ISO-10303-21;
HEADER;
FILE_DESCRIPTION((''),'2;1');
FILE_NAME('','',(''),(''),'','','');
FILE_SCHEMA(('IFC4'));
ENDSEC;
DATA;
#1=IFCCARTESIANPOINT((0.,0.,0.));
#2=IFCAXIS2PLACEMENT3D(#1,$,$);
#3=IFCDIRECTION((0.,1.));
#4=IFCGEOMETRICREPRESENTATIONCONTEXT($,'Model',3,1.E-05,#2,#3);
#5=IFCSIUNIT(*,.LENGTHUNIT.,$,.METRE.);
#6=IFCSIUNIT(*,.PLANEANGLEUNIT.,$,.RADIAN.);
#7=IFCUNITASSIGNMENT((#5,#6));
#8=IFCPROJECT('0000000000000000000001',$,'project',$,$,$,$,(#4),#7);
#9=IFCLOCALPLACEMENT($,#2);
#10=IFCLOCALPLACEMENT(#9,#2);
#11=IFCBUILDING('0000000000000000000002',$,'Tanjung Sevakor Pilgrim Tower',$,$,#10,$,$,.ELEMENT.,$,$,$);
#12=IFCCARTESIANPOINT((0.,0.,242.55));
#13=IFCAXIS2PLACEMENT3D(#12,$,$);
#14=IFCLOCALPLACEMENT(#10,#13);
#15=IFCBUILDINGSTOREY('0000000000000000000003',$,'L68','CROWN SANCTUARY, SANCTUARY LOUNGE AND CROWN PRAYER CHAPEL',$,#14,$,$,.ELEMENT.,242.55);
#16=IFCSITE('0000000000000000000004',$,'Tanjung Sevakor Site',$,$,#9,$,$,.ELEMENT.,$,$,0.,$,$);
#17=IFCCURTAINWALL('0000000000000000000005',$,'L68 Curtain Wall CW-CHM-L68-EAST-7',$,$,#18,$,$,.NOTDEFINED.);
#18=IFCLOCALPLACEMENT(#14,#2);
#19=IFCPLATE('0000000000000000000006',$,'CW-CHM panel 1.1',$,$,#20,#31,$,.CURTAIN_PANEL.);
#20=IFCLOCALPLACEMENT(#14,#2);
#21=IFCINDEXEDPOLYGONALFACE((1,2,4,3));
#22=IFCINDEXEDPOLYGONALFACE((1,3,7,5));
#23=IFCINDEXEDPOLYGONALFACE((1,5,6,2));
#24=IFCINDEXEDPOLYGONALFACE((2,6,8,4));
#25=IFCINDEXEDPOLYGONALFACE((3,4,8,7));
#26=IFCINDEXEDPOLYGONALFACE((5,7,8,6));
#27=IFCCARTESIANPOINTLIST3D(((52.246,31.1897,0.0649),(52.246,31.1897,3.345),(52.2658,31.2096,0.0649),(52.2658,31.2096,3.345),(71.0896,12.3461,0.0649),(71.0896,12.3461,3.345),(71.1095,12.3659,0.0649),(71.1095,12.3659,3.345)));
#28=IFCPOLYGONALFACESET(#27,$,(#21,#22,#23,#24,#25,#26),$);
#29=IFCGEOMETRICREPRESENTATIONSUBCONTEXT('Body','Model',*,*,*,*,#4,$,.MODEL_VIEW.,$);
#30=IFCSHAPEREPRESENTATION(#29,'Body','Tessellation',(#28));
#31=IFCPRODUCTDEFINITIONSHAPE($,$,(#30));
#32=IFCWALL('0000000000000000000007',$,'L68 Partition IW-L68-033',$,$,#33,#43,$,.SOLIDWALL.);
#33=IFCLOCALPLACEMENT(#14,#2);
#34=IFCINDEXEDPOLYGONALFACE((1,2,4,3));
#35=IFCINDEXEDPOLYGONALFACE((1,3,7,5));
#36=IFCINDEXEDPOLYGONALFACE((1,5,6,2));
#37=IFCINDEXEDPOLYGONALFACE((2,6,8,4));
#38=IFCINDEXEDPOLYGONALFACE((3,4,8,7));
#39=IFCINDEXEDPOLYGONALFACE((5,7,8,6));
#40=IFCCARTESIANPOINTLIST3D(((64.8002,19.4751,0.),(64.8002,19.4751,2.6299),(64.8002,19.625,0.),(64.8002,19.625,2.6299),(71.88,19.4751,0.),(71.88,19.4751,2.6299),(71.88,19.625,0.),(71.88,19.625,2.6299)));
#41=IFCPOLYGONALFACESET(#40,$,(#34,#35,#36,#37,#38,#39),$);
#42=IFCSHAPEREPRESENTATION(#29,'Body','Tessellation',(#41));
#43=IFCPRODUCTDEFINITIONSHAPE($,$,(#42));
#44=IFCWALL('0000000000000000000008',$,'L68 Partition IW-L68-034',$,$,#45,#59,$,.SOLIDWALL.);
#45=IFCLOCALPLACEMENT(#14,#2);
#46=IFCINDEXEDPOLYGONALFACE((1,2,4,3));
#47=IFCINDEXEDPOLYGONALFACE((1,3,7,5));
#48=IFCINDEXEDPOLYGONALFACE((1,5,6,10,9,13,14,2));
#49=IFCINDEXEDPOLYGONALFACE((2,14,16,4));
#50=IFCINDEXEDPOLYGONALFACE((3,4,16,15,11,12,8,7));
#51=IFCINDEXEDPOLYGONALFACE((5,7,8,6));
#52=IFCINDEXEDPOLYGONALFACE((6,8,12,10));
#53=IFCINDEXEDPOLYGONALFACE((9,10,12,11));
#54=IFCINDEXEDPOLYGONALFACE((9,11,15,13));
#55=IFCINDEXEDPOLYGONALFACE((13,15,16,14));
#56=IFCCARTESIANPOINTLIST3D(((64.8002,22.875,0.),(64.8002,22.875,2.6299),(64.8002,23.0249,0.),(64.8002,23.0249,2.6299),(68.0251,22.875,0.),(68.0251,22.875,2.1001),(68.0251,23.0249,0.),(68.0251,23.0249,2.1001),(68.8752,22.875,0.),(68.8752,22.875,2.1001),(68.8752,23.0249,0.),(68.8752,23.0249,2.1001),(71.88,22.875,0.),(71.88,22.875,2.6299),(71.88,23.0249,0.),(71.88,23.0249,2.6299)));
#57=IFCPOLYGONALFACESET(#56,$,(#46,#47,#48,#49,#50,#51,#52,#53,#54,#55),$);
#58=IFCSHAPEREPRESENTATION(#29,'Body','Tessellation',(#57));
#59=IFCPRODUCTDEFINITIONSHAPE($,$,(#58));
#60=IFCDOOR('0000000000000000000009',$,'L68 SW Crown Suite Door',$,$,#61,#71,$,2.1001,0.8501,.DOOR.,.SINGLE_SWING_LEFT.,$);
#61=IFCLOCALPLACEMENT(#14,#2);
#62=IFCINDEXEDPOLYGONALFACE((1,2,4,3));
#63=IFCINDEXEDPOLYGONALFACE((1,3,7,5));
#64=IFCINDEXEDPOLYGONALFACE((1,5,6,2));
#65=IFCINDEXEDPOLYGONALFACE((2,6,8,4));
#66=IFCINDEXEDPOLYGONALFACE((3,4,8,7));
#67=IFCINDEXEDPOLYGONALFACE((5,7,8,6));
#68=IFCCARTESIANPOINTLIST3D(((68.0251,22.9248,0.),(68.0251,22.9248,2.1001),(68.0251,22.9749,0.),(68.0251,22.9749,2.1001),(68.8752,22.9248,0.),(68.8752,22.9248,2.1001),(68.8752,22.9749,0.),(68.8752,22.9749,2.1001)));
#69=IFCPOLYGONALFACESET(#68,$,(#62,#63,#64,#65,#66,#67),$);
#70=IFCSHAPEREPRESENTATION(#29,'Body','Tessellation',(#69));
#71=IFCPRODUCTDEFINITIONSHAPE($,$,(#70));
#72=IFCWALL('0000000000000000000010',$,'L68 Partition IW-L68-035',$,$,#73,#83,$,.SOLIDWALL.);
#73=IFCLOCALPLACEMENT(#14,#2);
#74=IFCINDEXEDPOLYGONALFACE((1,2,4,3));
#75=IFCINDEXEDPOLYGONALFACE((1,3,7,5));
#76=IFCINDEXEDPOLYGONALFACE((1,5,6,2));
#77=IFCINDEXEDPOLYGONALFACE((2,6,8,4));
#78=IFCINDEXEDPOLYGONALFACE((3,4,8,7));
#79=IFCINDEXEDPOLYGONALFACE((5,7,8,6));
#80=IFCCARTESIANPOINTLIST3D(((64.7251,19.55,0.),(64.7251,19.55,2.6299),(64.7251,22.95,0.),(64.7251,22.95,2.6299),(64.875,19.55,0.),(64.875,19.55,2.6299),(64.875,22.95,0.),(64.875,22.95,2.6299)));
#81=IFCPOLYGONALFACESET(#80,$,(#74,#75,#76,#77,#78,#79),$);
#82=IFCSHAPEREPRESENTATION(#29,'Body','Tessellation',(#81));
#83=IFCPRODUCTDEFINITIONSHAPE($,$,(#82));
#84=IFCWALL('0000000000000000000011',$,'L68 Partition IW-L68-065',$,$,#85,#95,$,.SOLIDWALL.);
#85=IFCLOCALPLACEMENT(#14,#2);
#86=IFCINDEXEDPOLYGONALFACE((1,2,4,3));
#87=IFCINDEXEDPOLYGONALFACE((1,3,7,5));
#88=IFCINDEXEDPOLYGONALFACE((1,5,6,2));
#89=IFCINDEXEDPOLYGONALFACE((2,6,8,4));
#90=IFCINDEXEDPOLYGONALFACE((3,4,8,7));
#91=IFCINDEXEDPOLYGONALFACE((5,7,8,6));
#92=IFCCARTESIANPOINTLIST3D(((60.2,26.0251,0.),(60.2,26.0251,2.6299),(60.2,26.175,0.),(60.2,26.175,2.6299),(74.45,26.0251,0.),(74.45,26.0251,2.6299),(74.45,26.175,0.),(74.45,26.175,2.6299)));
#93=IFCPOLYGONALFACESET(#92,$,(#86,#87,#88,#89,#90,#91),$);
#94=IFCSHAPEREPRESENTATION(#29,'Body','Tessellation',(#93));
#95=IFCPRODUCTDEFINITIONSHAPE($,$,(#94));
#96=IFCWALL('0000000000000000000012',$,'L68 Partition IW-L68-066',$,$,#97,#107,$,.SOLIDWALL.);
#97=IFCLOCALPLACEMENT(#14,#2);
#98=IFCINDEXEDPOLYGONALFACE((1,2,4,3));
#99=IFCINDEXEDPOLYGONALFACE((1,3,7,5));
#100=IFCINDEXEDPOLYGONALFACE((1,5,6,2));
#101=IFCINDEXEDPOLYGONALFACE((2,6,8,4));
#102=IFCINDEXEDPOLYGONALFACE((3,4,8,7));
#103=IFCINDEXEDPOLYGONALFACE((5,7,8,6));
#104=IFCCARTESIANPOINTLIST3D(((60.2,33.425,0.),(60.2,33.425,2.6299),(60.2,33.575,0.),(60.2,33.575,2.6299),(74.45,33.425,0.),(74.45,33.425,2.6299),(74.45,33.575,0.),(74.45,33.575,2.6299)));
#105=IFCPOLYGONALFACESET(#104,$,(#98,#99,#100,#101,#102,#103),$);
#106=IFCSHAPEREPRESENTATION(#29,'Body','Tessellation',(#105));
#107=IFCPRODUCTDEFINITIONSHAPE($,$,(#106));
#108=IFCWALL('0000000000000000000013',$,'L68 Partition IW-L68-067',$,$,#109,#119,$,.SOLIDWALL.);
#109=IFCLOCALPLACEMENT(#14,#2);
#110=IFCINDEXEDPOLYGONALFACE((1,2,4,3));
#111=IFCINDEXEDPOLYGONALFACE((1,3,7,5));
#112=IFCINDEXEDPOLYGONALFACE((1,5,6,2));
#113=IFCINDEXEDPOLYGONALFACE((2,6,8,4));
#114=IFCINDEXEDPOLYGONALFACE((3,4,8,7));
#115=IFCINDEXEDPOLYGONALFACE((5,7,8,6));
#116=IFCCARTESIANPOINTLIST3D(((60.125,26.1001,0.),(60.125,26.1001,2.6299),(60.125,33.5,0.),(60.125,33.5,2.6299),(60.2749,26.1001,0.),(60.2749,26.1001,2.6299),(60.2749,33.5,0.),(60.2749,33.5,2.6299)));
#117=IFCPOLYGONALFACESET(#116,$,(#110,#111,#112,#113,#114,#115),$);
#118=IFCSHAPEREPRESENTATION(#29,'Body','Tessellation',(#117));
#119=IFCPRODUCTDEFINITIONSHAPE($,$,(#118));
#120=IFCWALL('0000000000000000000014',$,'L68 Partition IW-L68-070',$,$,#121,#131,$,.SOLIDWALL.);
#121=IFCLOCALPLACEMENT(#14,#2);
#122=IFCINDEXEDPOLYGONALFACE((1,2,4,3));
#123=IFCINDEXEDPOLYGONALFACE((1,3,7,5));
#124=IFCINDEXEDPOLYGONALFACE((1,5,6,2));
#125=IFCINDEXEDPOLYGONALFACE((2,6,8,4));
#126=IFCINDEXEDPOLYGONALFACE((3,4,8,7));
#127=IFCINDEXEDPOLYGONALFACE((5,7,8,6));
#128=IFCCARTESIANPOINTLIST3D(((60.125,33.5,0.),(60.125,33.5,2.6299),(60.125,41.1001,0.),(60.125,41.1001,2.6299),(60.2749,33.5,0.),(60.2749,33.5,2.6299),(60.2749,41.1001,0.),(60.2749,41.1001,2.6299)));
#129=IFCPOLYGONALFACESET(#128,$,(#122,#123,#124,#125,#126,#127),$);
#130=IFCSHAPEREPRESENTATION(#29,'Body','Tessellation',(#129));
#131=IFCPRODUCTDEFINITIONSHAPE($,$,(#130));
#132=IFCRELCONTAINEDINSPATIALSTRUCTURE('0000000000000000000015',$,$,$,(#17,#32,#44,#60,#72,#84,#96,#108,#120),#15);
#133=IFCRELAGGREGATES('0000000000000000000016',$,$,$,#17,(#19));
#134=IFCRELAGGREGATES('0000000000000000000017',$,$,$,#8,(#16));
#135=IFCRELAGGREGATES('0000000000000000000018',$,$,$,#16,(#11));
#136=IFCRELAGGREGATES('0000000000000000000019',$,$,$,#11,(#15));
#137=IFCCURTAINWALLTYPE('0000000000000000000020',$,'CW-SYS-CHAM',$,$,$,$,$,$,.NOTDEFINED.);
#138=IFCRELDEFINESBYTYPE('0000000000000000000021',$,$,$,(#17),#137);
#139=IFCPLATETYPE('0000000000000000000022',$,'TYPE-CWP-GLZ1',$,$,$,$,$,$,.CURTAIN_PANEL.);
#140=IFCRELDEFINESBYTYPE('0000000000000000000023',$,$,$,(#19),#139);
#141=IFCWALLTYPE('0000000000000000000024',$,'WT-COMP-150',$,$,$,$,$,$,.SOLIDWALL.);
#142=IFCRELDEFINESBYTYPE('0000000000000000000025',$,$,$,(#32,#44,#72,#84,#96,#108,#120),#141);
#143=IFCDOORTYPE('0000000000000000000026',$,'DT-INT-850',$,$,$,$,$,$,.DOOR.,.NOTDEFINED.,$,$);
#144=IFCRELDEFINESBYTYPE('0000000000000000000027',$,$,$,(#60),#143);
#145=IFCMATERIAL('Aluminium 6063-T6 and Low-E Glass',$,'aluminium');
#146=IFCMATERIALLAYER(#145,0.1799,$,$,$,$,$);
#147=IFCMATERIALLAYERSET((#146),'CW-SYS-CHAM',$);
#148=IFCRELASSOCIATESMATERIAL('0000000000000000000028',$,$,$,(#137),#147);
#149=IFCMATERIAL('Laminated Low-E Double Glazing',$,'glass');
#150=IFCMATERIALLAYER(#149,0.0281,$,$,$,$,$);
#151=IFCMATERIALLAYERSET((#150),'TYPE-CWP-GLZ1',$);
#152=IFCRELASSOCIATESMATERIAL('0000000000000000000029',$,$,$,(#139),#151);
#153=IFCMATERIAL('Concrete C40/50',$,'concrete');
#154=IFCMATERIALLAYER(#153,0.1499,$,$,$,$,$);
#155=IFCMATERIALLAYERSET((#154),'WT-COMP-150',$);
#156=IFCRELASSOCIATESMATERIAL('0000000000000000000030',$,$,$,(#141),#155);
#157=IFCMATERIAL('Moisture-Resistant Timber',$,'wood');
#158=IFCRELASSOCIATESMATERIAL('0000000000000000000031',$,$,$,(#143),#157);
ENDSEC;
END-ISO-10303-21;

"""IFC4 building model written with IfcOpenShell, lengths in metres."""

from ifc_helpers import new_model, si_unit, direction, frame, frame_2d, origin, origin_2d, place, context, subcontext, project, spatial, rectangle, extrude, material, layer, layer_set, type_object, element, fill, aggregate, save


model = new_model("IFC4")

# Units and contexts
model_context = context("Model", 3, precision=1e-05, world=origin(), true_north=direction((0.0, 1.0)))
body_context = subcontext(model_context, "Body", "Model", "MODEL_VIEW")
ifc_project = project(units=[si_unit("LENGTHUNIT", "METRE"), si_unit("PLANEANGLEUNIT", "RADIAN")], contexts=[model_context])

# Site, building, storey
site_placement = place(None, origin())
site = spatial("IfcSite", under=ifc_project, at=site_placement, Name="Tanjung Sevakor Site", CompositionType="ELEMENT", RefElevation=0.0)
building_placement = place(site_placement, origin())
building = spatial("IfcBuilding", under=site, at=building_placement, Name="Tanjung Sevakor Pilgrim Tower", CompositionType="ELEMENT")
storey_placement = place(building_placement, frame((0.0, 0.0, 242.55)))
storey = spatial("IfcBuildingStorey", under=building, at=storey_placement, Name="L68", Description="CROWN SANCTUARY, SANCTUARY LOUNGE AND CROWN PRAYER CHAPEL", CompositionType="ELEMENT", Elevation=242.55)

# Curtain wall, plate
ifc_material_1 = material(Name="Aluminium 6063-T6 and Low-E Glass", Category="aluminium")
ifc_layer_1 = layer(ifc_material_1, 0.1799)
ifc_layer_set_1 = layer_set([ifc_layer_1], Name="CW-SYS-CHAM")
curtain_wall_type = type_object("IfcCurtainWallType", Name="CW-SYS-CHAM", PredefinedType="NOTDEFINED", material=ifc_layer_set_1)
curtain_wall_placement = place(storey_placement, origin())
curtain_wall = element("IfcCurtainWall", 1, at=curtain_wall_placement, inside=storey, type_object=curtain_wall_type, Name="L68 Curtain Wall CW-CHM-L68-EAST-7", PredefinedType="NOTDEFINED")
ifc_material_2 = material(Name="Laminated Low-E Double Glazing", Category="glass")
ifc_layer_2 = layer(ifc_material_2, 0.0281)
ifc_layer_set_2 = layer_set([ifc_layer_2], Name="TYPE-CWP-GLZ1")
plate_type = type_object("IfcPlateType", Name="TYPE-CWP-GLZ1", PredefinedType="CURTAIN_PANEL", material=ifc_layer_set_2)
plate_placement = place(storey_placement, frame((61.6777, 21.7778, 0.0649), z_axis=(0.0, 0.0, 1.0), x_axis=(0.707107, -0.707107, 0.0)))
plate = element("IfcPlate", 2, at=plate_placement, type_object=plate_type, Name="CW-CHM panel 1.1", PredefinedType="CURTAIN_PANEL", context=body_context, shape_type="SweptSolid", body=[
    extrude(rectangle(XDim=26.6489, YDim=0.0281, at=origin_2d()), origin(), (0.0, 0.0, 1.0), 3.28),
])
aggregate(curtain_wall, [plate])

# Wall
ifc_material_3 = material(Name="Concrete C40/50", Category="concrete")
ifc_layer_3 = layer(ifc_material_3, 0.1499)
ifc_layer_set_3 = layer_set([ifc_layer_3], Name="WT-COMP-150")
wall_type_1 = type_object("IfcWallType", Name="WT-COMP-150", PredefinedType="SOLIDWALL", material=ifc_layer_set_3)
wall_1_placement = place(storey_placement, frame((64.8, 19.55, 0.0), z_axis=(0.0, 0.0, 1.0), x_axis=(1.0, 0.0, 0.0)))
element("IfcWall", 3, at=wall_1_placement, inside=storey, type_object=wall_type_1, Name="L68 Partition IW-L68-033", PredefinedType="SOLIDWALL", context=body_context, shape_type="SweptSolid", body=[
    extrude(rectangle(XDim=7.0798, YDim=0.1499, at=frame_2d((3.54, 0.0))), origin(), (0.0, 0.0, 1.0), 2.6299),
])

# Wall, opening, door
wall_2_placement = place(storey_placement, frame((64.8, 22.95, 0.0), z_axis=(0.0, 0.0, 1.0), x_axis=(1.0, 0.0, 0.0)))
wall_2 = element("IfcWall", 4, at=wall_2_placement, inside=storey, type_object=wall_type_1, Name="L68 Partition IW-L68-034", PredefinedType="SOLIDWALL", context=body_context, shape_type="SweptSolid", body=[
    extrude(rectangle(XDim=7.0798, YDim=0.1499, at=frame_2d((3.54, 0.0))), origin(), (0.0, 0.0, 1.0), 2.6299),
])
opening_1_placement = place(wall_2_placement, frame((3.2251, 0.0, 0.0)))
opening_1 = element("IfcOpeningElement", 5, at=opening_1_placement, cuts=wall_2, PredefinedType="OPENING", context=body_context, shape_type="SweptSolid", body=[
    extrude(rectangle(XDim=0.8501, YDim=2.1001, at=frame_2d((0.425, 1.05))), frame((0.0, 0.085, 0.0), z_axis=(0.0, -1.0, 0.0), x_axis=(1.0, 0.0, 0.0)), (0.0, 0.0, 1.0), 0.1699),
])
ifc_material_4 = material(Name="Moisture-Resistant Timber", Category="wood")
door_type = type_object("IfcDoorType", Name="DT-INT-850", OperationType="NOTDEFINED", PredefinedType="DOOR", material=ifc_material_4)
door_placement = place(opening_1_placement, origin())
door = element("IfcDoor", 6, at=door_placement, inside=storey, type_object=door_type, Name="L68 SW Crown Suite Door", OperationType="SINGLE_SWING_LEFT", OverallHeight=2.1001, OverallWidth=0.8501, PredefinedType="DOOR", context=body_context, shape_type="SweptSolid", body=[
    extrude(rectangle(XDim=0.8501, YDim=2.1001, at=frame_2d((0.425, 1.05))), frame((0.0, 0.0249, 0.0), z_axis=(0.0, -1.0, 0.0), x_axis=(1.0, 0.0, 0.0)), (0.0, 0.0, 1.0), 0.05),
])
fill(opening_1, door)

# Walls
wall_3_placement = place(storey_placement, frame((64.8, 19.55, 0.0), z_axis=(0.0, 0.0, 1.0), x_axis=(0.0, 1.0, 0.0)))
element("IfcWall", 7, at=wall_3_placement, inside=storey, type_object=wall_type_1, Name="L68 Partition IW-L68-035", PredefinedType="SOLIDWALL", context=body_context, shape_type="SweptSolid", body=[
    extrude(rectangle(XDim=3.3999, YDim=0.1499, at=frame_2d((1.7, 0.0))), origin(), (0.0, 0.0, 1.0), 2.6299),
])
for number, where, z_axis, x_axis, name in (
    (8, (60.2, 26.1001, 0.0), (0.0, 0.0, 1.0), (1.0, 0.0, 0.0), "L68 Partition IW-L68-065"),
    (9, (60.2, 33.5, 0.0), (0.0, 0.0, 1.0), (1.0, 0.0, 0.0), "L68 Partition IW-L68-066"),
):
    element("IfcWall", number, at=place(storey_placement, frame(where, z_axis=z_axis, x_axis=x_axis)), inside=storey, type_object=wall_type_1, Name=name, PredefinedType="SOLIDWALL", context=body_context, shape_type="SweptSolid", body=[
        extrude(rectangle(XDim=14.25, YDim=0.1499, at=frame_2d((7.125, 0.0))), origin(), (0.0, 0.0, 1.0), 2.6299),
    ])
wall_4_placement = place(storey_placement, frame((60.2, 26.1001, 0.0), z_axis=(0.0, 0.0, 1.0), x_axis=(0.0, 1.0, 0.0)))
element("IfcWall", 10, at=wall_4_placement, inside=storey, type_object=wall_type_1, Name="L68 Partition IW-L68-067", PredefinedType="SOLIDWALL", context=body_context, shape_type="SweptSolid", body=[
    extrude(rectangle(XDim=7.3999, YDim=0.1499, at=frame_2d((3.7, 0.0))), origin(), (0.0, 0.0, 1.0), 2.6299),
])
wall_5_placement = place(storey_placement, frame((60.2, 33.5, 0.0), z_axis=(0.0, 0.0, 1.0), x_axis=(0.0, 1.0, 0.0)))
element("IfcWall", 11, at=wall_5_placement, inside=storey, type_object=wall_type_1, Name="L68 Partition IW-L68-070", PredefinedType="SOLIDWALL", context=body_context, shape_type="SweptSolid", body=[
    extrude(rectangle(XDim=7.6001, YDim=0.1499, at=frame_2d((3.8, 0.0))), origin(), (0.0, 0.0, 1.0), 2.6299),
])

save(model, "model.ifc")
